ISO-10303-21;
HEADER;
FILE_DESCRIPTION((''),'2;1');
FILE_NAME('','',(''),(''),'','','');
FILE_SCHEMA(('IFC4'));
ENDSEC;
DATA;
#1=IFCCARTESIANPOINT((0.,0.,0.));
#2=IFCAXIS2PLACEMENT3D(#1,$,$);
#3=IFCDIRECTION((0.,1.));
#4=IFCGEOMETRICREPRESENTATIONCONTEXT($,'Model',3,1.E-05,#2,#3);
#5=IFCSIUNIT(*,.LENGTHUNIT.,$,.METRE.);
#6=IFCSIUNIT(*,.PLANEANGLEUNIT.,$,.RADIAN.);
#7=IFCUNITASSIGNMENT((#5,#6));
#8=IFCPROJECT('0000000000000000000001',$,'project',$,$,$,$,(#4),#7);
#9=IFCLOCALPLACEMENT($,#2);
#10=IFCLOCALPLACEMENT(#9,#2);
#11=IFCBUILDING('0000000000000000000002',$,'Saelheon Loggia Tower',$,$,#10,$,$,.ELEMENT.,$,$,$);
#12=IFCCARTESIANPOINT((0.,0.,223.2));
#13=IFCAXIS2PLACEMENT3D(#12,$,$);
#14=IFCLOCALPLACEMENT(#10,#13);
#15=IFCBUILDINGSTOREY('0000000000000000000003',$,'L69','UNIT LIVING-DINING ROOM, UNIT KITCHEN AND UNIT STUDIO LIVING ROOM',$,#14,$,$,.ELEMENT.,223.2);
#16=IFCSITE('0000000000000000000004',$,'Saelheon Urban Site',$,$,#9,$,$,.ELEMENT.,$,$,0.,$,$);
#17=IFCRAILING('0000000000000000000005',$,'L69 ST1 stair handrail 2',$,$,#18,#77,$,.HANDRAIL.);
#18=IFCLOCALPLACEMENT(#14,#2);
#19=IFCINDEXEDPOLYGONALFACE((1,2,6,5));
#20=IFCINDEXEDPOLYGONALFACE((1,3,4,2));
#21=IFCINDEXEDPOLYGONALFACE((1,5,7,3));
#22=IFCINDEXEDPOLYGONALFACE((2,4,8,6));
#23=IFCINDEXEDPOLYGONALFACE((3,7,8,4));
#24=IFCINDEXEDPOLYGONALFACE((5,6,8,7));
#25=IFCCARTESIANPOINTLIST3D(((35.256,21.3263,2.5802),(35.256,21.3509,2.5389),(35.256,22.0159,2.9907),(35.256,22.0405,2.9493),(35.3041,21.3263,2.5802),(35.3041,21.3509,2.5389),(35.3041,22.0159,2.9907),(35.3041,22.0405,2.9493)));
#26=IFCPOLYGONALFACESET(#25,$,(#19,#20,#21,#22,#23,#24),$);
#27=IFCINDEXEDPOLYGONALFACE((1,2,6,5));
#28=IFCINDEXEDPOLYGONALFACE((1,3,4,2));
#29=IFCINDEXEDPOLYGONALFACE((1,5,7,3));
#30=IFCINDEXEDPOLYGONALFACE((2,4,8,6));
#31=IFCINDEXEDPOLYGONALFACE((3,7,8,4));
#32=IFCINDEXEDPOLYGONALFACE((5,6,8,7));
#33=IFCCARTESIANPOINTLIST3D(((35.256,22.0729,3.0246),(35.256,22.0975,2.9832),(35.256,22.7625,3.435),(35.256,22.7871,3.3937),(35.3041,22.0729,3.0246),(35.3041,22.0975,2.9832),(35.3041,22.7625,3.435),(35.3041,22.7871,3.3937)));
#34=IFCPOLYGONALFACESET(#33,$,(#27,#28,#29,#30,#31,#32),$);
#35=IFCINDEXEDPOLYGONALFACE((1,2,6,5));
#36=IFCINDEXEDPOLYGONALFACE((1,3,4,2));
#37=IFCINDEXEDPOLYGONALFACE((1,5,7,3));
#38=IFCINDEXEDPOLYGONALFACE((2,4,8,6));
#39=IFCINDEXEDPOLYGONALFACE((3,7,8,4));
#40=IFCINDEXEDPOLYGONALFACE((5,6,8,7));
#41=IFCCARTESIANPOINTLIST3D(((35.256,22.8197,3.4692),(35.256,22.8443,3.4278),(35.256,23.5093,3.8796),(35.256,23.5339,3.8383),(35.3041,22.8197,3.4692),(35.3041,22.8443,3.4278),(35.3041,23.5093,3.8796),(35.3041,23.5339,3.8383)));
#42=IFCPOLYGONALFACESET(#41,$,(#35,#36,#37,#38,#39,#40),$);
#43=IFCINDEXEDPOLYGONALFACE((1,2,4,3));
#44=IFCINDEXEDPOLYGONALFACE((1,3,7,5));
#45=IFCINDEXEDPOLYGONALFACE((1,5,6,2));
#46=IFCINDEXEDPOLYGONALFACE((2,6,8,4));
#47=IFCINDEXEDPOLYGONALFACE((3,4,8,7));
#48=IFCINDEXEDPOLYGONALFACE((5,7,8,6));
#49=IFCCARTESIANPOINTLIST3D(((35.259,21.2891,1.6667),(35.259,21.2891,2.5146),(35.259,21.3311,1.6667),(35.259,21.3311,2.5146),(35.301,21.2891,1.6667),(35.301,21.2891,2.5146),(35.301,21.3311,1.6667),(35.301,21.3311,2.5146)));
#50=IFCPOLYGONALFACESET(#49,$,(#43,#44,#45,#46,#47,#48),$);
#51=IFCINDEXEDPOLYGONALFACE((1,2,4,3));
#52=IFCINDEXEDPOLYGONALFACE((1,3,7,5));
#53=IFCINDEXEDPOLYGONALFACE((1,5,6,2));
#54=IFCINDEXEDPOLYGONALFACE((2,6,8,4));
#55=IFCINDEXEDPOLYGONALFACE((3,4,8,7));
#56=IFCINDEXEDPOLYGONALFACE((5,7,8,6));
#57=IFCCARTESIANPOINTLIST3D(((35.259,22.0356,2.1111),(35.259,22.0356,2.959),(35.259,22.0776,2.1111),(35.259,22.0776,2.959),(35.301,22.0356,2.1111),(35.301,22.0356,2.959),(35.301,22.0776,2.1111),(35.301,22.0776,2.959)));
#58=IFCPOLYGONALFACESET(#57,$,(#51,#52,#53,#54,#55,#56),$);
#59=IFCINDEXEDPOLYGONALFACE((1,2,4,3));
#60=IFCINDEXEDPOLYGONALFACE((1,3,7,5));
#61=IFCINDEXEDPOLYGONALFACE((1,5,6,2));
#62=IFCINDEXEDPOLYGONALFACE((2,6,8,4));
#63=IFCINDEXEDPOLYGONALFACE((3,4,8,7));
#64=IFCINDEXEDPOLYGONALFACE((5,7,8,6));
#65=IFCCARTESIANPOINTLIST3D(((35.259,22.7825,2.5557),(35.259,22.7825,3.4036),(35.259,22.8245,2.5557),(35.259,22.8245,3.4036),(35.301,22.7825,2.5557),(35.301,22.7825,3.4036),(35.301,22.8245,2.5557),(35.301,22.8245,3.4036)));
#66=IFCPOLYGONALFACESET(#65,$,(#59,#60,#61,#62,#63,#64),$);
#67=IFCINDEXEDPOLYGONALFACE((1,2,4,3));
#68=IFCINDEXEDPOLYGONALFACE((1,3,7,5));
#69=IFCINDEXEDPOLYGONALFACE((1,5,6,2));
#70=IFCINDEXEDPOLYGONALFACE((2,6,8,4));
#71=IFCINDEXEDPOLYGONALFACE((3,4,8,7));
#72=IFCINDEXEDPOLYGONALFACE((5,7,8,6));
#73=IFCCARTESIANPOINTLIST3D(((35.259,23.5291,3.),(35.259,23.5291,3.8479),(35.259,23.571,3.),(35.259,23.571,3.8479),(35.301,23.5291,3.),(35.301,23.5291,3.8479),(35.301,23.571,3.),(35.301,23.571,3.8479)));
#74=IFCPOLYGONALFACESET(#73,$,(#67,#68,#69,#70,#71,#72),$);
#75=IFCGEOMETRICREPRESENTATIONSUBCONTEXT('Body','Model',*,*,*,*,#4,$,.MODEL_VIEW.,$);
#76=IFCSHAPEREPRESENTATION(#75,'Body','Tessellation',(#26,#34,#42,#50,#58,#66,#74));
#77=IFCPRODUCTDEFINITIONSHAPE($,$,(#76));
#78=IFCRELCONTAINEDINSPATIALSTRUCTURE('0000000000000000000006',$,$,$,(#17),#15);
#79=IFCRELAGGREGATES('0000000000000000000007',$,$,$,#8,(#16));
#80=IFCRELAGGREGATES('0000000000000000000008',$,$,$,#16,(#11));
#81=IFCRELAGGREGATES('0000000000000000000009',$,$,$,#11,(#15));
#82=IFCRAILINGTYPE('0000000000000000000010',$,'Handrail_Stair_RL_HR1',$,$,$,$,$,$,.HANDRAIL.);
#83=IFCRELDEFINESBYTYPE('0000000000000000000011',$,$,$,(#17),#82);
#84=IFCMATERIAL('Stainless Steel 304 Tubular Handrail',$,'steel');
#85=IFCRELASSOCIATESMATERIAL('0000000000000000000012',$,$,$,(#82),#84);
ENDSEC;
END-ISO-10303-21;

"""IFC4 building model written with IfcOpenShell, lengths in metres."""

from ifc_helpers import new_model, si_unit, direction, frame, origin, origin_2d, place, context, subcontext, project, spatial, rectangle, extrude, material, type_object, element, save


model = new_model("IFC4")

# Units and contexts
model_context = context("Model", 3, precision=1e-05, world=origin(), true_north=direction((0.0, 1.0)))
body_context = subcontext(model_context, "Body", "Model", "MODEL_VIEW")
ifc_project = project(units=[si_unit("LENGTHUNIT", "METRE"), si_unit("PLANEANGLEUNIT", "RADIAN")], contexts=[model_context])

# Site, building, storey
site_placement = place(None, origin())
site = spatial("IfcSite", under=ifc_project, at=site_placement, Name="Saelheon Urban Site", CompositionType="ELEMENT", RefElevation=0.0)
building_placement = place(site_placement, origin())
building = spatial("IfcBuilding", under=site, at=building_placement, Name="Saelheon Loggia Tower", CompositionType="ELEMENT")
storey_placement = place(building_placement, frame((0.0, 0.0, 223.2)))
storey = spatial("IfcBuildingStorey", under=building, at=storey_placement, Name="L69", Description="UNIT LIVING-DINING ROOM, UNIT KITCHEN AND UNIT STUDIO LIVING ROOM", CompositionType="ELEMENT", Elevation=223.2)

# Railing
ifc_material_1 = material(Name="Stainless Steel 304 Tubular Handrail", Category="steel")
railing_type = type_object("IfcRailingType", Name="Handrail_Stair_RL_HR1", PredefinedType="HANDRAIL", material=ifc_material_1)
railing_placement = place(storey_placement, frame((35.28, 21.3101, 1.6667)))
element("IfcRailing", 1, at=railing_placement, inside=storey, type_object=railing_type, Name="L69 ST1 stair handrail 2", PredefinedType="HANDRAIL", context=body_context, shape_type="SweptSolid", body=[
    extrude(rectangle(XDim=0.0481, YDim=0.0481, at=origin_2d()), frame((0.0, 0.0286, 0.8928), z_axis=(0.0, 0.859306, 0.511462), x_axis=(-1.0, 0.0, 0.0)), (0.0, 0.0, 1.0), 0.8025),
    extrude(rectangle(XDim=0.0481, YDim=0.0481, at=origin_2d()), frame((0.0, 0.7751, 1.3372), z_axis=(0.0, 0.859306, 0.511462), x_axis=(-1.0, 0.0, 0.0)), (0.0, 0.0, 1.0), 0.8025),
    extrude(rectangle(XDim=0.0481, YDim=0.0481, at=origin_2d()), frame((0.0, 1.522, 1.7817), z_axis=(0.0, 0.859306, 0.511462), x_axis=(-1.0, 0.0, 0.0)), (0.0, 0.0, 1.0), 0.8025),
    extrude(rectangle(XDim=0.042, YDim=0.042, at=origin_2d()), origin(), (0.0, 0.0, 1.0), 0.8479),
    extrude(rectangle(XDim=0.042, YDim=0.042, at=origin_2d()), frame((0.0, 0.7466, 0.4443)), (0.0, 0.0, 1.0), 0.8479),
    extrude(rectangle(XDim=0.042, YDim=0.042, at=origin_2d()), frame((0.0, 1.4934, 0.8889)), (0.0, 0.0, 1.0), 0.8479),
    extrude(rectangle(XDim=0.042, YDim=0.042, at=origin_2d()), frame((0.0, 2.24, 1.3333)), (0.0, 0.0, 1.0), 0.8479),
])

save(model, "model.ifc")
